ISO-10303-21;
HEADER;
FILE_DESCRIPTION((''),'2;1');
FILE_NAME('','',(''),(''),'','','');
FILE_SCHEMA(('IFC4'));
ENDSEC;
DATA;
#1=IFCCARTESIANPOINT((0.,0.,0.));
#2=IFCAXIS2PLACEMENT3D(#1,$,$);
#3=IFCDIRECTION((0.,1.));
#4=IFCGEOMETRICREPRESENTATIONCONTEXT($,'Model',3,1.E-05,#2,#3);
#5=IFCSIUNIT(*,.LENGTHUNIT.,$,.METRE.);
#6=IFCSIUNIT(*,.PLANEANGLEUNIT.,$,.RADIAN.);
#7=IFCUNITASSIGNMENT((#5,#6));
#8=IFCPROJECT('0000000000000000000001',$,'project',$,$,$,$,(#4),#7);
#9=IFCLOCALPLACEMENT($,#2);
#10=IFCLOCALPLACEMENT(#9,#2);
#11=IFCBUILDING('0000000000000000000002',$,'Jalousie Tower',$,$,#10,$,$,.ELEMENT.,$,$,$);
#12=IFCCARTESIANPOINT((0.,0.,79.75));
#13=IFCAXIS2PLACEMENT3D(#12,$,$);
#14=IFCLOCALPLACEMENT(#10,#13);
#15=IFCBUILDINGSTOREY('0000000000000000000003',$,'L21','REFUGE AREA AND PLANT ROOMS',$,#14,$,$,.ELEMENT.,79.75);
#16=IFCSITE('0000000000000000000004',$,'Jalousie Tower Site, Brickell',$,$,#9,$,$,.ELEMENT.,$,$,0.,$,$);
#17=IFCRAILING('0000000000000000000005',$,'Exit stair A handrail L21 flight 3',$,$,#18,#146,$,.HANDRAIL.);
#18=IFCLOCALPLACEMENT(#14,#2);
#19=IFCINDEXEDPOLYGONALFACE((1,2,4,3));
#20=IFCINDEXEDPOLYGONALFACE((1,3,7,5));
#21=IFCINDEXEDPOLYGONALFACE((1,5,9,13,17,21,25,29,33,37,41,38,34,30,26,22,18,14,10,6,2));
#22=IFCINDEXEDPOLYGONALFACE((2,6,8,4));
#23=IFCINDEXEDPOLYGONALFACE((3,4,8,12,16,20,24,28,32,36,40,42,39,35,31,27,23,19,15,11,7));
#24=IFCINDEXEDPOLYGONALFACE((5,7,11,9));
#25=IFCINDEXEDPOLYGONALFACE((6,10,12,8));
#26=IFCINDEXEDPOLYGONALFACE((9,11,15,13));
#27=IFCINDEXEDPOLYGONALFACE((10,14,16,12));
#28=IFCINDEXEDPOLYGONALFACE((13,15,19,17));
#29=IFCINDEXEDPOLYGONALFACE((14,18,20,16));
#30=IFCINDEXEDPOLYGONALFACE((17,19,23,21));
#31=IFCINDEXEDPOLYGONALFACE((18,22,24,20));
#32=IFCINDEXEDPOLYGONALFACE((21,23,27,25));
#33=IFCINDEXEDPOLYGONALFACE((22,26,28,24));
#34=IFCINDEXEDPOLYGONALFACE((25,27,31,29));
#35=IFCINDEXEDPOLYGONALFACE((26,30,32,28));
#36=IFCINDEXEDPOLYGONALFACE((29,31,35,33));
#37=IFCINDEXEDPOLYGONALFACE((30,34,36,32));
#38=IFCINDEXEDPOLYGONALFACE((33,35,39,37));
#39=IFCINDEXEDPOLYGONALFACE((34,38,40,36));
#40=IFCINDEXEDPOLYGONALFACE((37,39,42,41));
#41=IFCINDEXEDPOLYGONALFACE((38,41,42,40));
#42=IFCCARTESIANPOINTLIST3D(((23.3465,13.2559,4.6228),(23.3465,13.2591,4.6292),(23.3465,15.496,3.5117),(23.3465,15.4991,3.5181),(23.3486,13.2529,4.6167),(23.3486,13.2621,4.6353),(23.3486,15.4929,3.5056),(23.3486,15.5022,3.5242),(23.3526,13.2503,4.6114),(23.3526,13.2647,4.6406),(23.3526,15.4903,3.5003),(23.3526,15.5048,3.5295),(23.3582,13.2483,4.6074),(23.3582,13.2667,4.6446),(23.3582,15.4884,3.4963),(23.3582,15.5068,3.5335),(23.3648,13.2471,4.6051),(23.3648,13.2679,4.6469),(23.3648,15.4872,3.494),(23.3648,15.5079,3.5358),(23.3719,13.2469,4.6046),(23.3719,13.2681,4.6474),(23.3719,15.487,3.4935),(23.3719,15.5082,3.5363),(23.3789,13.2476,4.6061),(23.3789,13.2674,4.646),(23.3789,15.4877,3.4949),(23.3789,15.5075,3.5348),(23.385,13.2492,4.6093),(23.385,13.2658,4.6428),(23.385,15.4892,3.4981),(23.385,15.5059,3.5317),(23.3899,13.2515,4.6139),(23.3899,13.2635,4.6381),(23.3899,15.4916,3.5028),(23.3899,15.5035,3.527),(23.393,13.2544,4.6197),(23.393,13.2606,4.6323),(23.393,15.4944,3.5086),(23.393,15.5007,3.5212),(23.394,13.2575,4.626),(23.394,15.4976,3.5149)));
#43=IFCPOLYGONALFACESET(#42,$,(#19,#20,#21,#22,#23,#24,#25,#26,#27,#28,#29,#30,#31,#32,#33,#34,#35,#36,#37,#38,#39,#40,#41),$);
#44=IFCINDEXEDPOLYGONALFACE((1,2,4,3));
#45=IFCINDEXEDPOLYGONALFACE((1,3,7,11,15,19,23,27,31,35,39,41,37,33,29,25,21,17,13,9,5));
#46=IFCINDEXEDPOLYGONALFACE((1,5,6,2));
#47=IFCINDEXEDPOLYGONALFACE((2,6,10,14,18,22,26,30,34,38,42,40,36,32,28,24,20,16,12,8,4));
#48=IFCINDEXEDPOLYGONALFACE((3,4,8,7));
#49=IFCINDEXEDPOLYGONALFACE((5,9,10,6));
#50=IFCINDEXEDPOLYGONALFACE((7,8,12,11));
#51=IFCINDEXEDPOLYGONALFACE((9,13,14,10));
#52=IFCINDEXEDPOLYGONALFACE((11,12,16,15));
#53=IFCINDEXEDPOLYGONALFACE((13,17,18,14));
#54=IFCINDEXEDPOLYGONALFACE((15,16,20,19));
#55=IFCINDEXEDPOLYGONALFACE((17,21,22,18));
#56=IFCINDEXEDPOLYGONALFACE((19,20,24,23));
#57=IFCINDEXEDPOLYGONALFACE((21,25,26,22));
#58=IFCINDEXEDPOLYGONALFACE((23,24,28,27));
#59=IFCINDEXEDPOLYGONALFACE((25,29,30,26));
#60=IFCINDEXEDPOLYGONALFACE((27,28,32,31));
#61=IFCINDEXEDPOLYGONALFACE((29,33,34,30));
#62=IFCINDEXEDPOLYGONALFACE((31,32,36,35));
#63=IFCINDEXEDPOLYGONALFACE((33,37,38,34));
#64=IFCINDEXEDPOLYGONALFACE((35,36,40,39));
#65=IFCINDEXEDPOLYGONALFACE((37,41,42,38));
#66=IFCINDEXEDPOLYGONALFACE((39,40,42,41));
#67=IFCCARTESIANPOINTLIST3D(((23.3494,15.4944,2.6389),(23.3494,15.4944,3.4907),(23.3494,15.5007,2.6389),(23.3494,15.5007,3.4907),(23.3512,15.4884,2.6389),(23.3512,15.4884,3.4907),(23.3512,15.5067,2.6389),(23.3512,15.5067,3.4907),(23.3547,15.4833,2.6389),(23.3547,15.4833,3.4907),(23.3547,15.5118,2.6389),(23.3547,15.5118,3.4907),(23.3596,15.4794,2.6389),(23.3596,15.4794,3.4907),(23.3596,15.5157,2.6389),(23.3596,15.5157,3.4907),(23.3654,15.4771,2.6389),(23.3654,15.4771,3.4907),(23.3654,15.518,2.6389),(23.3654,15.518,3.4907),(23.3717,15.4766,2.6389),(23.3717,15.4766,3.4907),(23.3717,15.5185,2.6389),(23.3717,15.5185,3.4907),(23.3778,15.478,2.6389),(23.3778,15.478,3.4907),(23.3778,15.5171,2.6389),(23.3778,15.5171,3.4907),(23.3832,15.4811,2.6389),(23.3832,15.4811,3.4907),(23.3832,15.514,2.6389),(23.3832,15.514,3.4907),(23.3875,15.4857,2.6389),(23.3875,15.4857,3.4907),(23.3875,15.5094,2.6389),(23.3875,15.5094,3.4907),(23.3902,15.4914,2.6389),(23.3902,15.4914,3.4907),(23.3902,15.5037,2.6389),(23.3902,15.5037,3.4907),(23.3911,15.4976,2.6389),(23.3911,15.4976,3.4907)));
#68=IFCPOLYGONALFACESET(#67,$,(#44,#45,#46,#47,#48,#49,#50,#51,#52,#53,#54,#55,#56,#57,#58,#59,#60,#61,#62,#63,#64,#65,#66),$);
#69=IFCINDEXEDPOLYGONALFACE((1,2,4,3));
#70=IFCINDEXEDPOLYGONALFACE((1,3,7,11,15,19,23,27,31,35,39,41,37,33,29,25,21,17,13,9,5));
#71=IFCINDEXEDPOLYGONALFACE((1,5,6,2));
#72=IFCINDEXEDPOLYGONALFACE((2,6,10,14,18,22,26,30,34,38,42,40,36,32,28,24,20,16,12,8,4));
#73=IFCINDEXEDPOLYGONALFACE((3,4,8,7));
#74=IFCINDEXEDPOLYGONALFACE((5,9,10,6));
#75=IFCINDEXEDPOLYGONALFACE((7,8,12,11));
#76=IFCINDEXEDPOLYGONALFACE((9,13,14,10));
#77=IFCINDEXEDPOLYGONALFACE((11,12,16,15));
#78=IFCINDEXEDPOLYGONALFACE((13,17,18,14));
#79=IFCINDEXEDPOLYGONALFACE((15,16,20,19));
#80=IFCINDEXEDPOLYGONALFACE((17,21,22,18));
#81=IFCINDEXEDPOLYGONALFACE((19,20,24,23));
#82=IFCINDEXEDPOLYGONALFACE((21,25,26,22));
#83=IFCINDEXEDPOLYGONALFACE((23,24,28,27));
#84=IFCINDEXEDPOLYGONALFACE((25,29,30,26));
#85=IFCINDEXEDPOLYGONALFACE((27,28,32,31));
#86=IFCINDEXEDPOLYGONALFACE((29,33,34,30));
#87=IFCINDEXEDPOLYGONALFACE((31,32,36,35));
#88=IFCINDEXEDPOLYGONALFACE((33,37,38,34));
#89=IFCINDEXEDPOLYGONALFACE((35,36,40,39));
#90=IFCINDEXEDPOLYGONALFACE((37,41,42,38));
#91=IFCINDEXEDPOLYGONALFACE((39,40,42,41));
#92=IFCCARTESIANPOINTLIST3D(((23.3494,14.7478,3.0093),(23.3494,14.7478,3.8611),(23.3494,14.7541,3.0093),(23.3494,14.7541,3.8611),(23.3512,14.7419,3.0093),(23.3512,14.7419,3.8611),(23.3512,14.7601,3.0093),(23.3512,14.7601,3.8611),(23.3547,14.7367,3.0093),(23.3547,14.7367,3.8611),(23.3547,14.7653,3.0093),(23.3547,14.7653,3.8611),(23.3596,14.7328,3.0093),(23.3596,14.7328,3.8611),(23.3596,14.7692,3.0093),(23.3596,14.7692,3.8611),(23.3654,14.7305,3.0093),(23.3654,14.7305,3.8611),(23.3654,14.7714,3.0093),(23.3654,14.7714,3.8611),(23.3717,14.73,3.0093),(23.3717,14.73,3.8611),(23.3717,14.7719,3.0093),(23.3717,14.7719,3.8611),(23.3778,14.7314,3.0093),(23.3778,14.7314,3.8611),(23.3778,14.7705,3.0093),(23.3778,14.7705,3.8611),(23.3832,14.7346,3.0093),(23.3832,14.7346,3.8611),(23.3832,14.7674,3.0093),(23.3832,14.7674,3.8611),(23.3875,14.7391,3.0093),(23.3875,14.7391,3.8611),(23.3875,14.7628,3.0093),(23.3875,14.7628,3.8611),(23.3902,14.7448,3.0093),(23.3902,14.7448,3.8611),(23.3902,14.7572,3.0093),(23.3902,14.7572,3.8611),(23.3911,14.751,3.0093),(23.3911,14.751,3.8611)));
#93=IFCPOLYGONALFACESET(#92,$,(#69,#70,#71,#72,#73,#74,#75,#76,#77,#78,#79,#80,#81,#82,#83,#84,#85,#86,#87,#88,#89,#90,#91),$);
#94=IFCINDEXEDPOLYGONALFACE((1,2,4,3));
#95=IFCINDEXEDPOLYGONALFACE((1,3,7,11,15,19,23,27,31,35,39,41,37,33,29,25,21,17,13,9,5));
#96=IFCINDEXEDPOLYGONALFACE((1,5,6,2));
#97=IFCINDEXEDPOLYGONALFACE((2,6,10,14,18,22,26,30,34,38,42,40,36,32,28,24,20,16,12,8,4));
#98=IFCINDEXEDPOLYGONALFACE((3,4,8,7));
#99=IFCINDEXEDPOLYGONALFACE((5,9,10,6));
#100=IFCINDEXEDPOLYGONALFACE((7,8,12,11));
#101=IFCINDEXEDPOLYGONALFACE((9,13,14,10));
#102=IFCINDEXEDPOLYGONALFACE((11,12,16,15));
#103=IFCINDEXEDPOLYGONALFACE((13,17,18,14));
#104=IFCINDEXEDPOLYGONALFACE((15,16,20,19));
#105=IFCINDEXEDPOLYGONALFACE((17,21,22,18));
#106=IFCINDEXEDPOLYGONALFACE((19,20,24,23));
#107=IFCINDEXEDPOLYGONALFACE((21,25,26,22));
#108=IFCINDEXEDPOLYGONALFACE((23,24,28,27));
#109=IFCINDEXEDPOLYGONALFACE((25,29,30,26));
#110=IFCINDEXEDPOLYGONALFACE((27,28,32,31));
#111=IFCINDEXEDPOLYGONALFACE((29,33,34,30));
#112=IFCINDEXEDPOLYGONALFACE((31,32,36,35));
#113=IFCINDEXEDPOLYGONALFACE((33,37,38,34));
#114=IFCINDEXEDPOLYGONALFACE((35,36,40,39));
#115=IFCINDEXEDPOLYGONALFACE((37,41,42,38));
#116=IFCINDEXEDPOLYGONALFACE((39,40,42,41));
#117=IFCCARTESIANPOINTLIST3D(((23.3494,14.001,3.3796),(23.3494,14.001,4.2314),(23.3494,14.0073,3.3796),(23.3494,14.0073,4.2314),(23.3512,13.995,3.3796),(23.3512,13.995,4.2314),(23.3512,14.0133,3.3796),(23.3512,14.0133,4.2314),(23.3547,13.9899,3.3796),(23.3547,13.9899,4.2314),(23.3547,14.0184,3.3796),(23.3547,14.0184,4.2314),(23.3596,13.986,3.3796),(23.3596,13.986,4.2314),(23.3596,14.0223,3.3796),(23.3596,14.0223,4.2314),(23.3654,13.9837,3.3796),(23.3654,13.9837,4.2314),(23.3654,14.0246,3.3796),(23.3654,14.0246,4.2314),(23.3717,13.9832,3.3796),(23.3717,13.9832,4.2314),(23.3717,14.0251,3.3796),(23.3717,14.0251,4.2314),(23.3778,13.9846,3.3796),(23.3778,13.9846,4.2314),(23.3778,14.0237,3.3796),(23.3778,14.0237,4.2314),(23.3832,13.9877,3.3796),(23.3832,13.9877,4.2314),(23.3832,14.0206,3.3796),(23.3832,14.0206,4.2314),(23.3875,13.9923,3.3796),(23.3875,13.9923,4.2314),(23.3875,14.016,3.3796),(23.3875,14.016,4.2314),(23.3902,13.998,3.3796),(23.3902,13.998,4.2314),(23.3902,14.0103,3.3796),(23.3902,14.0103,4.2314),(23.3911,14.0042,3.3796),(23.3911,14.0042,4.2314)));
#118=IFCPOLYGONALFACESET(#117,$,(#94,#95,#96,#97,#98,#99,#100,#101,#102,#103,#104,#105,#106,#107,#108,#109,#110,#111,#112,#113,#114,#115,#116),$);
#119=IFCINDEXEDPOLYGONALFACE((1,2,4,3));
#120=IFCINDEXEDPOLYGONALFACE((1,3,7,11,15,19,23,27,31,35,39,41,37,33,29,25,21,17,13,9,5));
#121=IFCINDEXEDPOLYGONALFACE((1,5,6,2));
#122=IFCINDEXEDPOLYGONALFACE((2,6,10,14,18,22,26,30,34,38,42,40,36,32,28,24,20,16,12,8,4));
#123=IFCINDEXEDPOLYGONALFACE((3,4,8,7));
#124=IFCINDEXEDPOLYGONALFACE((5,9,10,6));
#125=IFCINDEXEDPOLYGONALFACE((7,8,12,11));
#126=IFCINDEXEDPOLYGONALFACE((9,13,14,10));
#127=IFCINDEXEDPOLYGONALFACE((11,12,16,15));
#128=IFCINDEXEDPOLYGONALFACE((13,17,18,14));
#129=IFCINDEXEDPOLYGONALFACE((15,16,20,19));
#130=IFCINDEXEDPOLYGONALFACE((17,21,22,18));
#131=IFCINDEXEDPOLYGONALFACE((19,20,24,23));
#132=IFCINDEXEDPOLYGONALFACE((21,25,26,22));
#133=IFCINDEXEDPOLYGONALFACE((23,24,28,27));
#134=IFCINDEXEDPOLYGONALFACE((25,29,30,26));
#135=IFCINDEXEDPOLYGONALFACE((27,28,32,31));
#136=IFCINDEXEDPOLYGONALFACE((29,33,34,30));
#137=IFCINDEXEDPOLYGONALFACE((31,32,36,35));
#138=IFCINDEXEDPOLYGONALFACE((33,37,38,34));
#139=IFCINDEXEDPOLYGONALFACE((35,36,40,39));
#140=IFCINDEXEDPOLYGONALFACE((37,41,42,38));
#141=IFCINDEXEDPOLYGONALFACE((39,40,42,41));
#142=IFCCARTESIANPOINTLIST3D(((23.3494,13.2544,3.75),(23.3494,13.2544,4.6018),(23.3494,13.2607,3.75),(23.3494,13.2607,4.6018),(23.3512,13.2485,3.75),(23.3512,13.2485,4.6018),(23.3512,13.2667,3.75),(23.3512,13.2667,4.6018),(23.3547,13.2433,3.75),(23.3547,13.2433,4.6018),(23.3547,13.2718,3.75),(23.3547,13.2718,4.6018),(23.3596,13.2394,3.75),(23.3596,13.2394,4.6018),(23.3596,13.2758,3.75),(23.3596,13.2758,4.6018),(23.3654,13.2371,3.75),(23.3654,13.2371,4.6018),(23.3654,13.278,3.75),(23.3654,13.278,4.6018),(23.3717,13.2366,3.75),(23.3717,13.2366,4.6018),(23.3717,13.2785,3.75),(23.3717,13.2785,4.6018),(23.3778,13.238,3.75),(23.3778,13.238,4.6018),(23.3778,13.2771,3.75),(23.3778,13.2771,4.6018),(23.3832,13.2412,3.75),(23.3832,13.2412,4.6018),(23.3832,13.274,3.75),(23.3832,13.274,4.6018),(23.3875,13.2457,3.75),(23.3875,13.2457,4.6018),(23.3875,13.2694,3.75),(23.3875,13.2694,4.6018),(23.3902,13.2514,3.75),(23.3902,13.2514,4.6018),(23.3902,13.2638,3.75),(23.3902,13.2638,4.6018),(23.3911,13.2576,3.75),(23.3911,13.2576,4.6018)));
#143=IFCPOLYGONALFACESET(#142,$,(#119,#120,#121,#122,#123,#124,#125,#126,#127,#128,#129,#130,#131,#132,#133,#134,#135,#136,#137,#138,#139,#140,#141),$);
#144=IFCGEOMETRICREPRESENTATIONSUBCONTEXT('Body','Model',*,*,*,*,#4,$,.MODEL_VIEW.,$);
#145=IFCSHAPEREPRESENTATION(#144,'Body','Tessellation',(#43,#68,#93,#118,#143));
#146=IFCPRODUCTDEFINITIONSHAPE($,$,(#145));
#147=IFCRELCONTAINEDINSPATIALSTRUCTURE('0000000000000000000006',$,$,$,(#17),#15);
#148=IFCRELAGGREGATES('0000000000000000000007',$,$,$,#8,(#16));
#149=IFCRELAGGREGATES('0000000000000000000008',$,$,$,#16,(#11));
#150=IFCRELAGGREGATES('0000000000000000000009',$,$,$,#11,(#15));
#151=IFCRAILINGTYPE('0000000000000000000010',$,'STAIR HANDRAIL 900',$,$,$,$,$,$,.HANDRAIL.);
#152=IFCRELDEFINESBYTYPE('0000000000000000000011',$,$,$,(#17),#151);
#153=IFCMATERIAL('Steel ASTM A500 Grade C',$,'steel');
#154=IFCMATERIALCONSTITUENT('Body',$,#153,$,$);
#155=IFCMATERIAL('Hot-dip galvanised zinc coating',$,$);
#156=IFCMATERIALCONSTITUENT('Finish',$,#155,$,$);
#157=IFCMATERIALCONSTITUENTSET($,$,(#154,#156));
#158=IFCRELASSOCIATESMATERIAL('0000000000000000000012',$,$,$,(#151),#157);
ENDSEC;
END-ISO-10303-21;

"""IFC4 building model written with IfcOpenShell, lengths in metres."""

from ifc_helpers import new_model, si_unit, direction, frame, origin, origin_2d, place, context, subcontext, project, spatial, circle, extrude, material, constituent, constituent_set, type_object, element, save


model = new_model("IFC4")

# Units and contexts
model_context = context("Model", 3, precision=1e-05, world=origin(), true_north=direction((0.0, 1.0)))
body_context = subcontext(model_context, "Body", "Model", "MODEL_VIEW")
ifc_project = project(units=[si_unit("LENGTHUNIT", "METRE"), si_unit("PLANEANGLEUNIT", "RADIAN")], contexts=[model_context])

# Site, building, storey
site_placement = place(None, origin())
site = spatial("IfcSite", under=ifc_project, at=site_placement, Name="Jalousie Tower Site, Brickell", CompositionType="ELEMENT", RefElevation=0.0)
building_placement = place(site_placement, origin())
building = spatial("IfcBuilding", under=site, at=building_placement, Name="Jalousie Tower", CompositionType="ELEMENT")
storey_placement = place(building_placement, frame((0.0, 0.0, 79.75)))
storey = spatial("IfcBuildingStorey", under=building, at=storey_placement, Name="L21", Description="REFUGE AREA AND PLANT ROOMS", CompositionType="ELEMENT", Elevation=79.75)

# Railing
ifc_material_1 = material(Name="Steel ASTM A500 Grade C", Category="steel")
ifc_constituent_1 = constituent(ifc_material_1, Name="Body")
ifc_material_2 = material(Name="Hot-dip galvanised zinc coating")
ifc_constituent_2 = constituent(ifc_material_2, Name="Finish")
ifc_constituent_set_1 = constituent_set(constituents=[ifc_constituent_1, ifc_constituent_2])
railing_type_1 = type_object("IfcRailingType", Name="STAIR HANDRAIL 900", PredefinedType="HANDRAIL", material=ifc_constituent_set_1)
railing_1_placement = place(storey_placement, frame((23.3701, 15.4976, 2.6389)))
element("IfcRailing", 1, at=railing_1_placement, inside=storey, type_object=railing_type_1, Name="Exit stair A handrail L21 flight 3", PredefinedType="HANDRAIL", context=body_context, shape_type="SweptSolid", body=[
    extrude(circle(Radius=0.0239, at=origin_2d()), frame((0.0, 0.0, 0.876), z_axis=(0.0, -0.895848, 0.44436), x_axis=(1.0, 0.0, 0.0)), (0.0, 0.0, 1.0), 2.5005),
    extrude(circle(Radius=0.021, at=origin_2d()), origin(), (0.0, 0.0, 1.0), 0.8518),
    extrude(circle(Radius=0.021, at=origin_2d()), frame((0.0, -0.7466, 0.3704)), (0.0, 0.0, 1.0), 0.8518),
    extrude(circle(Radius=0.021, at=origin_2d()), frame((0.0, -1.4934, 0.7407)), (0.0, 0.0, 1.0), 0.8518),
    extrude(circle(Radius=0.021, at=origin_2d()), frame((0.0, -2.24, 1.1111)), (0.0, 0.0, 1.0), 0.8518),
])

save(model, "model.ifc")
